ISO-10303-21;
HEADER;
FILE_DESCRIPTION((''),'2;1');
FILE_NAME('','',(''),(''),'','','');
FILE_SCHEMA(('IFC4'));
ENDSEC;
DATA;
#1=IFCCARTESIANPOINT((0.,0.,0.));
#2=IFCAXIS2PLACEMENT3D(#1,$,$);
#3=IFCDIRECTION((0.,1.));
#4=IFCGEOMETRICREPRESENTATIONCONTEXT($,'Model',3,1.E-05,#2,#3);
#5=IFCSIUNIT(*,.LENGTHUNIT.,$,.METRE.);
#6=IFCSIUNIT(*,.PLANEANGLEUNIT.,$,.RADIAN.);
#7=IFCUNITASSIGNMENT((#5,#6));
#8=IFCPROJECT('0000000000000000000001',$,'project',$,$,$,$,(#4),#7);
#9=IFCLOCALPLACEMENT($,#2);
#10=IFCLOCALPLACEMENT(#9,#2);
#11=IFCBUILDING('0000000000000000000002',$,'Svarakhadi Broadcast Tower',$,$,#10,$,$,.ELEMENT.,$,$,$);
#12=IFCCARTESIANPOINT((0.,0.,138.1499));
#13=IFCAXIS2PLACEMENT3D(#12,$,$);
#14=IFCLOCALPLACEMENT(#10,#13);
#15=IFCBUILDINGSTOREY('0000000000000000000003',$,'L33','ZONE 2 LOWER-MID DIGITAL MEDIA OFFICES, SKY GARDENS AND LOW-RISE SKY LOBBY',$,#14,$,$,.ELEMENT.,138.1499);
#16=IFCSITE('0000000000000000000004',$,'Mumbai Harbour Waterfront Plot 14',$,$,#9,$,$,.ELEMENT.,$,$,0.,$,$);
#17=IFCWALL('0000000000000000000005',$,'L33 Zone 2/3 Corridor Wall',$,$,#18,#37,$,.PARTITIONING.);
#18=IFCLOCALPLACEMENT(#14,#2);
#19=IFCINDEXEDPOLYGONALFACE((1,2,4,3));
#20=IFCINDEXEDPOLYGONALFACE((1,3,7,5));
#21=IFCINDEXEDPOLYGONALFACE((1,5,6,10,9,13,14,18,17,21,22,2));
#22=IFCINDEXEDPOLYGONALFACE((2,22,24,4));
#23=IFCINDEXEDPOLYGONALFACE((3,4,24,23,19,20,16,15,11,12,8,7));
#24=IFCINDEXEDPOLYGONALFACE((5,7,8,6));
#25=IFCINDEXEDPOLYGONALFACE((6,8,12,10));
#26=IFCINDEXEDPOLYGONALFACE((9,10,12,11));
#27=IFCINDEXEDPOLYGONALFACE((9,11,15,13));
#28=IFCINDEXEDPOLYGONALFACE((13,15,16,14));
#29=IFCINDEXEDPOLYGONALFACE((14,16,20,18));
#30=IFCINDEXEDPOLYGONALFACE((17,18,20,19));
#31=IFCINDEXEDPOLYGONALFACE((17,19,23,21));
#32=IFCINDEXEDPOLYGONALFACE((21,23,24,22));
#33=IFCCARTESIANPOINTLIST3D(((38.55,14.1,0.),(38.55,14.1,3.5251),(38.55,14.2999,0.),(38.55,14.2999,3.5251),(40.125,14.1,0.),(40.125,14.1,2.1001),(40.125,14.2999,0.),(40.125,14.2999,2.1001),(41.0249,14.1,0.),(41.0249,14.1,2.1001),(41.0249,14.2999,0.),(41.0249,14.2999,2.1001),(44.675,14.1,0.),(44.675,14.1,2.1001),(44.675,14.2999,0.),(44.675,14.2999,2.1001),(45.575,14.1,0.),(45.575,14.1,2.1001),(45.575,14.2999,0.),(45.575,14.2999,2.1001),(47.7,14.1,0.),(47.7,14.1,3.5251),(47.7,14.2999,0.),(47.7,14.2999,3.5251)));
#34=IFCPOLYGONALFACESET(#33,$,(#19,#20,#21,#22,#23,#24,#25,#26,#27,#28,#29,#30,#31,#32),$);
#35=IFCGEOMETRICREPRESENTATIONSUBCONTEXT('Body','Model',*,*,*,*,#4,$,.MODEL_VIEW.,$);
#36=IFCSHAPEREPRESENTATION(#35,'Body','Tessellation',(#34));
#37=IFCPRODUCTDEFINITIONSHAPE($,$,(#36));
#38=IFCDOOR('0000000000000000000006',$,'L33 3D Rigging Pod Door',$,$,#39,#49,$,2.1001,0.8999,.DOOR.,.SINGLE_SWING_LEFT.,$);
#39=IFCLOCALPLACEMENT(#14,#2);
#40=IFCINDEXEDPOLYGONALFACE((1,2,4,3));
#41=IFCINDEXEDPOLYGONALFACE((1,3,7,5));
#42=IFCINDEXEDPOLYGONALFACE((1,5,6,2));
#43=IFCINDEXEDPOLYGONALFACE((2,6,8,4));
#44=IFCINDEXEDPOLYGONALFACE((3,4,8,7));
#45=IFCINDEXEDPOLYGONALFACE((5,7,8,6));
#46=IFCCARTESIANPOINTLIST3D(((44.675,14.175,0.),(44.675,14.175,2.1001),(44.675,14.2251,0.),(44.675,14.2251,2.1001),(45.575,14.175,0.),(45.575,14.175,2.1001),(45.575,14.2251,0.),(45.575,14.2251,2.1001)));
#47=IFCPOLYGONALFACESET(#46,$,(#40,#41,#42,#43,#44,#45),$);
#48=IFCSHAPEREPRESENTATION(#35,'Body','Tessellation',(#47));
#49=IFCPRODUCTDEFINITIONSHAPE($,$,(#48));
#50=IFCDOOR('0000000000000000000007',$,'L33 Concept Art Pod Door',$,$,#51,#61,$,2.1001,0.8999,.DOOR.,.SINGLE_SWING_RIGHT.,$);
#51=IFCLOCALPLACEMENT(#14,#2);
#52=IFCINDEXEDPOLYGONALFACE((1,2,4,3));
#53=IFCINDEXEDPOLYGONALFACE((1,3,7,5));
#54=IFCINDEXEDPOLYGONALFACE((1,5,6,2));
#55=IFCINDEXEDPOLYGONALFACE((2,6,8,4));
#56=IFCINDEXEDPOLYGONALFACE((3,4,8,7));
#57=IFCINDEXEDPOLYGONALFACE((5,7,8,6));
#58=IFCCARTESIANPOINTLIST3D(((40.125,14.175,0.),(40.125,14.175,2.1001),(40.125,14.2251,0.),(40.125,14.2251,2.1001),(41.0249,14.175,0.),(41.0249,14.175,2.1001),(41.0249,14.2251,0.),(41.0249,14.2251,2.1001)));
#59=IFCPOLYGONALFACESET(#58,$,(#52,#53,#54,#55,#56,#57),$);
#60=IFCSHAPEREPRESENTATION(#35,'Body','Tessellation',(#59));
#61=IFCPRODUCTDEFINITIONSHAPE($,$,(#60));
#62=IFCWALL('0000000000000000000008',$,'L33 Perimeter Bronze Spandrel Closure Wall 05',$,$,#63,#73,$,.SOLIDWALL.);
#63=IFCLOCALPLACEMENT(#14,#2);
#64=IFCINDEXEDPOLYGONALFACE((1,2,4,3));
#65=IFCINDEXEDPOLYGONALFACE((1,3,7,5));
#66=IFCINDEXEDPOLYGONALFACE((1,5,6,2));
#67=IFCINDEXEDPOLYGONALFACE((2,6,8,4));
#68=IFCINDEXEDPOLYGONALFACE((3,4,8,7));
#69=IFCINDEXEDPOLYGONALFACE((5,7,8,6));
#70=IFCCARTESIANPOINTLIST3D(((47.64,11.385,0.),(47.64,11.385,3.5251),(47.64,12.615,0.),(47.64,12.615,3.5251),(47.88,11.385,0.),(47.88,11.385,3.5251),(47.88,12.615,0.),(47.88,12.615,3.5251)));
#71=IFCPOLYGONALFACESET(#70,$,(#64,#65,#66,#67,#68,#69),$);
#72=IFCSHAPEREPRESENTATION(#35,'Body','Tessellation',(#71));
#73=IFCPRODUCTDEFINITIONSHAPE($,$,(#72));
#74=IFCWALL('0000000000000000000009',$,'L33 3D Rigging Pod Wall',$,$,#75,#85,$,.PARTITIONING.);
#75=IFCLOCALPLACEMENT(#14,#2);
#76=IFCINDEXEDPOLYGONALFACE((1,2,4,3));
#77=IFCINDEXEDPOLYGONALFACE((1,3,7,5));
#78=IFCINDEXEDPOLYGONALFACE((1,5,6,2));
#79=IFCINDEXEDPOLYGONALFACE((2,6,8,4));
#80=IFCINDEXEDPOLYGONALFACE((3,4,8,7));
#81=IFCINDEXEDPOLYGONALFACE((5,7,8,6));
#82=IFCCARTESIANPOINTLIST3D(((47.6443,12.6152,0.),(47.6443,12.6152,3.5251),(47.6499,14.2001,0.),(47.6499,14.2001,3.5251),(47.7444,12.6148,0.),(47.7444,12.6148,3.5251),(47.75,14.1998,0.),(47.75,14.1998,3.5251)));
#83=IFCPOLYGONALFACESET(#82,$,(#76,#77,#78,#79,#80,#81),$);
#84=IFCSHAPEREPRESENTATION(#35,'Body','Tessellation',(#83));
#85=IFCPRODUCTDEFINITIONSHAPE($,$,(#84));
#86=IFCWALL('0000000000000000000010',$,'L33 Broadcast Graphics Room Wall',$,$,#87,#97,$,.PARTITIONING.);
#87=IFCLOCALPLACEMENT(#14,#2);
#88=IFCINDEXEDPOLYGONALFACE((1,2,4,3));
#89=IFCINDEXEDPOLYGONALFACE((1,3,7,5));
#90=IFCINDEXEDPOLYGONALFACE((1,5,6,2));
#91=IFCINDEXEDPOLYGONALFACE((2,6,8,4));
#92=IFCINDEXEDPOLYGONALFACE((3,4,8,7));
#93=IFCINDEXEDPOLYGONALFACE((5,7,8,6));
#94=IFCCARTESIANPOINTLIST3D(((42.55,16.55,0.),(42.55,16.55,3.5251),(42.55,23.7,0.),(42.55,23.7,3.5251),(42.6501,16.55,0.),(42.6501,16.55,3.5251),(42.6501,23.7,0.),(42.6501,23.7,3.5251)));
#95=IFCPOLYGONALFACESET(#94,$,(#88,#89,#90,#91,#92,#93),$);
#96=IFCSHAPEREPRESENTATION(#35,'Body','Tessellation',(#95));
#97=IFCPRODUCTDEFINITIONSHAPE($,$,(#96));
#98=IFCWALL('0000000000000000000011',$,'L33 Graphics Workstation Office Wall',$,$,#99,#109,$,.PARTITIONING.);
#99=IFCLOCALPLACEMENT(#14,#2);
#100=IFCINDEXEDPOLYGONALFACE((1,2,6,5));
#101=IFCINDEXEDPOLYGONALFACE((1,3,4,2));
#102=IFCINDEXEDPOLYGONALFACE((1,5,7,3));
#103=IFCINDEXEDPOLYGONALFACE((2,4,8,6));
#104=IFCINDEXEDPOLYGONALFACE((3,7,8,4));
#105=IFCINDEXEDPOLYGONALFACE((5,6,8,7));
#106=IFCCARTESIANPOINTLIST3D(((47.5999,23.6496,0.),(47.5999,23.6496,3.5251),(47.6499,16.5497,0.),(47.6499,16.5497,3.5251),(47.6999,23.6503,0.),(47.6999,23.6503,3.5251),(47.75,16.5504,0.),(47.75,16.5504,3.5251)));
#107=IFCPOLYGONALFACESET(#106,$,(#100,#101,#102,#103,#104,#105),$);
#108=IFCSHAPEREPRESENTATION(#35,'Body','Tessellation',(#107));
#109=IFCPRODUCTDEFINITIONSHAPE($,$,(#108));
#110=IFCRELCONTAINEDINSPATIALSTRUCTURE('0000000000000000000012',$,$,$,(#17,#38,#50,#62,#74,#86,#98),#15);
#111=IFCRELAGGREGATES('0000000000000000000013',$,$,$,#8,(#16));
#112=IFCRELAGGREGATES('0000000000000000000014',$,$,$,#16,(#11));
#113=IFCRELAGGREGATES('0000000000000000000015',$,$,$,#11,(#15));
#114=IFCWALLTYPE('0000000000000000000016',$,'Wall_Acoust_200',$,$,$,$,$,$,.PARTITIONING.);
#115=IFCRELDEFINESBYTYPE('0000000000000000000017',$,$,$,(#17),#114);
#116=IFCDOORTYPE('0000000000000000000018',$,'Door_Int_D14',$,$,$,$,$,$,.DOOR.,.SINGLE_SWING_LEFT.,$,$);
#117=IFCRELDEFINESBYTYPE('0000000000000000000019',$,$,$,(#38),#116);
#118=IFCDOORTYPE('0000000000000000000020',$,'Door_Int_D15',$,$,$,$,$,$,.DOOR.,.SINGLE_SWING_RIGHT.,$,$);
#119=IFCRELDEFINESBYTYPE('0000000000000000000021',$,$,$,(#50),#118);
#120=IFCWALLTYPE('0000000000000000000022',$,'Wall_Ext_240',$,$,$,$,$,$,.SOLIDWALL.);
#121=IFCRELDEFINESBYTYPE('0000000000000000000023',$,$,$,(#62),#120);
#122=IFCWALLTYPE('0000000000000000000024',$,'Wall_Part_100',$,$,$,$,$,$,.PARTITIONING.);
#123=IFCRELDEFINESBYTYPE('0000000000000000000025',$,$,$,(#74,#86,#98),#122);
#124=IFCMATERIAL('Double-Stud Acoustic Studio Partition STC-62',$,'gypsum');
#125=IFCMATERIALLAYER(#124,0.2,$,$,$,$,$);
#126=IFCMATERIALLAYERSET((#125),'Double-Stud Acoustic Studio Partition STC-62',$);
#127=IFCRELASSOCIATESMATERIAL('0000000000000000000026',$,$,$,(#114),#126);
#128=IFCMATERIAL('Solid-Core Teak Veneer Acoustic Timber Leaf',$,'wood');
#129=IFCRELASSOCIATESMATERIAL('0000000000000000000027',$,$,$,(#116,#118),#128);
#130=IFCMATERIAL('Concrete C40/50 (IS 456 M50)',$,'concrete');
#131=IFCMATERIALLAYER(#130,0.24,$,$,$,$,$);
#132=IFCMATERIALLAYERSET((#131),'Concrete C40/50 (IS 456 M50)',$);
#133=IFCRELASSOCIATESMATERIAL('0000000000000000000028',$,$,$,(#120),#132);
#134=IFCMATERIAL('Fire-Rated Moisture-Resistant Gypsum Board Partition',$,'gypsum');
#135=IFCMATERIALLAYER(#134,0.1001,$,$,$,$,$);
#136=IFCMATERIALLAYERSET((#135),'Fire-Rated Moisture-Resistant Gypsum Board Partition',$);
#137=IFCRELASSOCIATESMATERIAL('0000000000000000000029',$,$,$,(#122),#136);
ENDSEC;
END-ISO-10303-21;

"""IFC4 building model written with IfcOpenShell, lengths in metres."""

from ifc_helpers import new_model, si_unit, direction, frame, frame_2d, origin, place, context, subcontext, project, spatial, rectangle, extrude, material, layer, layer_set, type_object, element, fill, save


model = new_model("IFC4")

# Units and contexts
model_context = context("Model", 3, precision=1e-05, world=origin(), true_north=direction((0.0, 1.0)))
body_context = subcontext(model_context, "Body", "Model", "MODEL_VIEW")
ifc_project = project(units=[si_unit("LENGTHUNIT", "METRE"), si_unit("PLANEANGLEUNIT", "RADIAN")], contexts=[model_context])

# Site, building, storey
site_placement = place(None, origin())
site = spatial("IfcSite", under=ifc_project, at=site_placement, Name="Mumbai Harbour Waterfront Plot 14", CompositionType="ELEMENT", RefElevation=0.0)
building_placement = place(site_placement, origin())
building = spatial("IfcBuilding", under=site, at=building_placement, Name="Svarakhadi Broadcast Tower", CompositionType="ELEMENT")
storey_placement = place(building_placement, frame((0.0, 0.0, 138.1499)))
storey = spatial("IfcBuildingStorey", under=building, at=storey_placement, Name="L33", Description="ZONE 2 LOWER-MID DIGITAL MEDIA OFFICES, SKY GARDENS AND LOW-RISE SKY LOBBY", CompositionType="ELEMENT", Elevation=138.1499)

# Wall, openings, doors
ifc_material_1 = material(Name="Double-Stud Acoustic Studio Partition STC-62", Category="gypsum")
ifc_layer_1 = layer(ifc_material_1, 0.2)
ifc_layer_set_1 = layer_set([ifc_layer_1], Name="Double-Stud Acoustic Studio Partition STC-62")
wall_type_1 = type_object("IfcWallType", Name="Wall_Acoust_200", PredefinedType="PARTITIONING", material=ifc_layer_set_1)
wall_1_placement = place(storey_placement, frame((47.7, 14.2, 0.0), z_axis=(0.0, 0.0, 1.0), x_axis=(-1.0, 0.0, 0.0)))
wall_1 = element("IfcWall", 1, at=wall_1_placement, inside=storey, type_object=wall_type_1, Name="L33 Zone 2/3 Corridor Wall", PredefinedType="PARTITIONING", context=body_context, shape_type="SweptSolid", body=[
    extrude(rectangle(XDim=9.1499, YDim=0.2, at=frame_2d((4.575, 0.0))), origin(), (0.0, 0.0, 1.0), 3.5251),
])
opening_1_placement = place(wall_1_placement, frame((6.675, 0.0, 0.0)))
opening_1 = element("IfcOpeningElement", 2, at=opening_1_placement, cuts=wall_1, PredefinedType="OPENING", context=body_context, shape_type="SweptSolid", body=[
    extrude(rectangle(XDim=0.8999, YDim=2.1001, at=frame_2d((0.45, 1.05))), frame((0.0, 0.1099, 0.0), z_axis=(0.0, -1.0, 0.0), x_axis=(1.0, 0.0, 0.0)), (0.0, 0.0, 1.0), 0.22),
])
opening_2_placement = place(wall_1_placement, frame((2.125, 0.0, 0.0)))
opening_2 = element("IfcOpeningElement", 3, at=opening_2_placement, cuts=wall_1, PredefinedType="OPENING", context=body_context, shape_type="SweptSolid", body=[
    extrude(rectangle(XDim=0.8999, YDim=2.1001, at=frame_2d((0.45, 1.05))), frame((0.0, 0.1099, 0.0), z_axis=(0.0, -1.0, 0.0), x_axis=(1.0, 0.0, 0.0)), (0.0, 0.0, 1.0), 0.22),
])
ifc_material_2 = material(Name="Solid-Core Teak Veneer Acoustic Timber Leaf", Category="wood")
door_type_1 = type_object("IfcDoorType", Name="Door_Int_D14", OperationType="SINGLE_SWING_LEFT", PredefinedType="DOOR", material=ifc_material_2)
door_1_placement = place(opening_2_placement, origin())
door_1 = element("IfcDoor", 4, at=door_1_placement, inside=storey, type_object=door_type_1, Name="L33 3D Rigging Pod Door", OperationType="SINGLE_SWING_LEFT", OverallHeight=2.1001, OverallWidth=0.8999, PredefinedType="DOOR", context=body_context, shape_type="SweptSolid", body=[
    extrude(rectangle(XDim=0.8999, YDim=2.1001, at=frame_2d((0.45, 1.05))), frame((0.0, 0.0249, 0.0), z_axis=(0.0, -1.0, 0.0), x_axis=(1.0, 0.0, 0.0)), (0.0, 0.0, 1.0), 0.05),
])
fill(opening_2, door_1)
door_type_2 = type_object("IfcDoorType", Name="Door_Int_D15", OperationType="SINGLE_SWING_RIGHT", PredefinedType="DOOR", material=ifc_material_2)
door_2_placement = place(opening_1_placement, origin())
door_2 = element("IfcDoor", 5, at=door_2_placement, inside=storey, type_object=door_type_2, Name="L33 Concept Art Pod Door", OperationType="SINGLE_SWING_RIGHT", OverallHeight=2.1001, OverallWidth=0.8999, PredefinedType="DOOR", context=body_context, shape_type="SweptSolid", body=[
    extrude(rectangle(XDim=0.8999, YDim=2.1001, at=frame_2d((0.45, 1.05))), frame((0.0, 0.0249, 0.0), z_axis=(0.0, -1.0, 0.0), x_axis=(1.0, 0.0, 0.0)), (0.0, 0.0, 1.0), 0.05),
])
fill(opening_1, door_2)

# Walls
ifc_material_3 = material(Name="Concrete C40/50 (IS 456 M50)", Category="concrete")
ifc_layer_2 = layer(ifc_material_3, 0.24)
ifc_layer_set_2 = layer_set([ifc_layer_2], Name="Concrete C40/50 (IS 456 M50)")
wall_type_2 = type_object("IfcWallType", Name="Wall_Ext_240", PredefinedType="SOLIDWALL", material=ifc_layer_set_2)
wall_2_placement = place(storey_placement, frame((47.76, 12.615, 0.0), z_axis=(0.0, 0.0, 1.0), x_axis=(0.0, -1.0, 0.0)))
element("IfcWall", 6, at=wall_2_placement, inside=storey, type_object=wall_type_2, Name="L33 Perimeter Bronze Spandrel Closure Wall 05", PredefinedType="SOLIDWALL", context=body_context, shape_type="SweptSolid", body=[
    extrude(rectangle(XDim=1.23, YDim=0.24, at=frame_2d((0.615, 0.0))), origin(), (0.0, 0.0, 1.0), 3.5251),
])
ifc_material_4 = material(Name="Fire-Rated Moisture-Resistant Gypsum Board Partition", Category="gypsum")
ifc_layer_3 = layer(ifc_material_4, 0.1001)
ifc_layer_set_3 = layer_set([ifc_layer_3], Name="Fire-Rated Moisture-Resistant Gypsum Board Partition")
wall_type_3 = type_object("IfcWallType", Name="Wall_Part_100", PredefinedType="PARTITIONING", material=ifc_layer_set_3)
wall_3_placement = place(storey_placement, frame((47.6943, 12.615, 0.0), z_axis=(0.0, 0.0, 1.0), x_axis=(0.003543, 0.999994, 0.0)))
element("IfcWall", 7, at=wall_3_placement, inside=storey, type_object=wall_type_3, Name="L33 3D Rigging Pod Wall", PredefinedType="PARTITIONING", context=body_context, shape_type="SweptSolid", body=[
    extrude(rectangle(XDim=1.585, YDim=0.1001, at=frame_2d((0.7925, 0.0))), origin(), (0.0, 0.0, 1.0), 3.5251),
])
wall_4_placement = place(storey_placement, frame((42.6001, 16.55, 0.0), z_axis=(0.0, 0.0, 1.0), x_axis=(0.0, 1.0, 0.0)))
element("IfcWall", 8, at=wall_4_placement, inside=storey, type_object=wall_type_3, Name="L33 Broadcast Graphics Room Wall", PredefinedType="PARTITIONING", context=body_context, shape_type="SweptSolid", body=[
    extrude(rectangle(XDim=7.1499, YDim=0.1001, at=frame_2d((3.575, 0.0))), origin(), (0.0, 0.0, 1.0), 3.5251),
])
wall_5_placement = place(storey_placement, frame((47.7, 16.55, 0.0), z_axis=(0.0, 0.0, 1.0), x_axis=(-0.007049, 0.999975, 0.0)))
element("IfcWall", 9, at=wall_5_placement, inside=storey, type_object=wall_type_3, Name="L33 Graphics Workstation Office Wall", PredefinedType="PARTITIONING", context=body_context, shape_type="SweptSolid", body=[
    extrude(rectangle(XDim=7.1001, YDim=0.1001, at=frame_2d((3.55, 0.0))), origin(), (0.0, 0.0, 1.0), 3.5251),
])

save(model, "model.ifc")
